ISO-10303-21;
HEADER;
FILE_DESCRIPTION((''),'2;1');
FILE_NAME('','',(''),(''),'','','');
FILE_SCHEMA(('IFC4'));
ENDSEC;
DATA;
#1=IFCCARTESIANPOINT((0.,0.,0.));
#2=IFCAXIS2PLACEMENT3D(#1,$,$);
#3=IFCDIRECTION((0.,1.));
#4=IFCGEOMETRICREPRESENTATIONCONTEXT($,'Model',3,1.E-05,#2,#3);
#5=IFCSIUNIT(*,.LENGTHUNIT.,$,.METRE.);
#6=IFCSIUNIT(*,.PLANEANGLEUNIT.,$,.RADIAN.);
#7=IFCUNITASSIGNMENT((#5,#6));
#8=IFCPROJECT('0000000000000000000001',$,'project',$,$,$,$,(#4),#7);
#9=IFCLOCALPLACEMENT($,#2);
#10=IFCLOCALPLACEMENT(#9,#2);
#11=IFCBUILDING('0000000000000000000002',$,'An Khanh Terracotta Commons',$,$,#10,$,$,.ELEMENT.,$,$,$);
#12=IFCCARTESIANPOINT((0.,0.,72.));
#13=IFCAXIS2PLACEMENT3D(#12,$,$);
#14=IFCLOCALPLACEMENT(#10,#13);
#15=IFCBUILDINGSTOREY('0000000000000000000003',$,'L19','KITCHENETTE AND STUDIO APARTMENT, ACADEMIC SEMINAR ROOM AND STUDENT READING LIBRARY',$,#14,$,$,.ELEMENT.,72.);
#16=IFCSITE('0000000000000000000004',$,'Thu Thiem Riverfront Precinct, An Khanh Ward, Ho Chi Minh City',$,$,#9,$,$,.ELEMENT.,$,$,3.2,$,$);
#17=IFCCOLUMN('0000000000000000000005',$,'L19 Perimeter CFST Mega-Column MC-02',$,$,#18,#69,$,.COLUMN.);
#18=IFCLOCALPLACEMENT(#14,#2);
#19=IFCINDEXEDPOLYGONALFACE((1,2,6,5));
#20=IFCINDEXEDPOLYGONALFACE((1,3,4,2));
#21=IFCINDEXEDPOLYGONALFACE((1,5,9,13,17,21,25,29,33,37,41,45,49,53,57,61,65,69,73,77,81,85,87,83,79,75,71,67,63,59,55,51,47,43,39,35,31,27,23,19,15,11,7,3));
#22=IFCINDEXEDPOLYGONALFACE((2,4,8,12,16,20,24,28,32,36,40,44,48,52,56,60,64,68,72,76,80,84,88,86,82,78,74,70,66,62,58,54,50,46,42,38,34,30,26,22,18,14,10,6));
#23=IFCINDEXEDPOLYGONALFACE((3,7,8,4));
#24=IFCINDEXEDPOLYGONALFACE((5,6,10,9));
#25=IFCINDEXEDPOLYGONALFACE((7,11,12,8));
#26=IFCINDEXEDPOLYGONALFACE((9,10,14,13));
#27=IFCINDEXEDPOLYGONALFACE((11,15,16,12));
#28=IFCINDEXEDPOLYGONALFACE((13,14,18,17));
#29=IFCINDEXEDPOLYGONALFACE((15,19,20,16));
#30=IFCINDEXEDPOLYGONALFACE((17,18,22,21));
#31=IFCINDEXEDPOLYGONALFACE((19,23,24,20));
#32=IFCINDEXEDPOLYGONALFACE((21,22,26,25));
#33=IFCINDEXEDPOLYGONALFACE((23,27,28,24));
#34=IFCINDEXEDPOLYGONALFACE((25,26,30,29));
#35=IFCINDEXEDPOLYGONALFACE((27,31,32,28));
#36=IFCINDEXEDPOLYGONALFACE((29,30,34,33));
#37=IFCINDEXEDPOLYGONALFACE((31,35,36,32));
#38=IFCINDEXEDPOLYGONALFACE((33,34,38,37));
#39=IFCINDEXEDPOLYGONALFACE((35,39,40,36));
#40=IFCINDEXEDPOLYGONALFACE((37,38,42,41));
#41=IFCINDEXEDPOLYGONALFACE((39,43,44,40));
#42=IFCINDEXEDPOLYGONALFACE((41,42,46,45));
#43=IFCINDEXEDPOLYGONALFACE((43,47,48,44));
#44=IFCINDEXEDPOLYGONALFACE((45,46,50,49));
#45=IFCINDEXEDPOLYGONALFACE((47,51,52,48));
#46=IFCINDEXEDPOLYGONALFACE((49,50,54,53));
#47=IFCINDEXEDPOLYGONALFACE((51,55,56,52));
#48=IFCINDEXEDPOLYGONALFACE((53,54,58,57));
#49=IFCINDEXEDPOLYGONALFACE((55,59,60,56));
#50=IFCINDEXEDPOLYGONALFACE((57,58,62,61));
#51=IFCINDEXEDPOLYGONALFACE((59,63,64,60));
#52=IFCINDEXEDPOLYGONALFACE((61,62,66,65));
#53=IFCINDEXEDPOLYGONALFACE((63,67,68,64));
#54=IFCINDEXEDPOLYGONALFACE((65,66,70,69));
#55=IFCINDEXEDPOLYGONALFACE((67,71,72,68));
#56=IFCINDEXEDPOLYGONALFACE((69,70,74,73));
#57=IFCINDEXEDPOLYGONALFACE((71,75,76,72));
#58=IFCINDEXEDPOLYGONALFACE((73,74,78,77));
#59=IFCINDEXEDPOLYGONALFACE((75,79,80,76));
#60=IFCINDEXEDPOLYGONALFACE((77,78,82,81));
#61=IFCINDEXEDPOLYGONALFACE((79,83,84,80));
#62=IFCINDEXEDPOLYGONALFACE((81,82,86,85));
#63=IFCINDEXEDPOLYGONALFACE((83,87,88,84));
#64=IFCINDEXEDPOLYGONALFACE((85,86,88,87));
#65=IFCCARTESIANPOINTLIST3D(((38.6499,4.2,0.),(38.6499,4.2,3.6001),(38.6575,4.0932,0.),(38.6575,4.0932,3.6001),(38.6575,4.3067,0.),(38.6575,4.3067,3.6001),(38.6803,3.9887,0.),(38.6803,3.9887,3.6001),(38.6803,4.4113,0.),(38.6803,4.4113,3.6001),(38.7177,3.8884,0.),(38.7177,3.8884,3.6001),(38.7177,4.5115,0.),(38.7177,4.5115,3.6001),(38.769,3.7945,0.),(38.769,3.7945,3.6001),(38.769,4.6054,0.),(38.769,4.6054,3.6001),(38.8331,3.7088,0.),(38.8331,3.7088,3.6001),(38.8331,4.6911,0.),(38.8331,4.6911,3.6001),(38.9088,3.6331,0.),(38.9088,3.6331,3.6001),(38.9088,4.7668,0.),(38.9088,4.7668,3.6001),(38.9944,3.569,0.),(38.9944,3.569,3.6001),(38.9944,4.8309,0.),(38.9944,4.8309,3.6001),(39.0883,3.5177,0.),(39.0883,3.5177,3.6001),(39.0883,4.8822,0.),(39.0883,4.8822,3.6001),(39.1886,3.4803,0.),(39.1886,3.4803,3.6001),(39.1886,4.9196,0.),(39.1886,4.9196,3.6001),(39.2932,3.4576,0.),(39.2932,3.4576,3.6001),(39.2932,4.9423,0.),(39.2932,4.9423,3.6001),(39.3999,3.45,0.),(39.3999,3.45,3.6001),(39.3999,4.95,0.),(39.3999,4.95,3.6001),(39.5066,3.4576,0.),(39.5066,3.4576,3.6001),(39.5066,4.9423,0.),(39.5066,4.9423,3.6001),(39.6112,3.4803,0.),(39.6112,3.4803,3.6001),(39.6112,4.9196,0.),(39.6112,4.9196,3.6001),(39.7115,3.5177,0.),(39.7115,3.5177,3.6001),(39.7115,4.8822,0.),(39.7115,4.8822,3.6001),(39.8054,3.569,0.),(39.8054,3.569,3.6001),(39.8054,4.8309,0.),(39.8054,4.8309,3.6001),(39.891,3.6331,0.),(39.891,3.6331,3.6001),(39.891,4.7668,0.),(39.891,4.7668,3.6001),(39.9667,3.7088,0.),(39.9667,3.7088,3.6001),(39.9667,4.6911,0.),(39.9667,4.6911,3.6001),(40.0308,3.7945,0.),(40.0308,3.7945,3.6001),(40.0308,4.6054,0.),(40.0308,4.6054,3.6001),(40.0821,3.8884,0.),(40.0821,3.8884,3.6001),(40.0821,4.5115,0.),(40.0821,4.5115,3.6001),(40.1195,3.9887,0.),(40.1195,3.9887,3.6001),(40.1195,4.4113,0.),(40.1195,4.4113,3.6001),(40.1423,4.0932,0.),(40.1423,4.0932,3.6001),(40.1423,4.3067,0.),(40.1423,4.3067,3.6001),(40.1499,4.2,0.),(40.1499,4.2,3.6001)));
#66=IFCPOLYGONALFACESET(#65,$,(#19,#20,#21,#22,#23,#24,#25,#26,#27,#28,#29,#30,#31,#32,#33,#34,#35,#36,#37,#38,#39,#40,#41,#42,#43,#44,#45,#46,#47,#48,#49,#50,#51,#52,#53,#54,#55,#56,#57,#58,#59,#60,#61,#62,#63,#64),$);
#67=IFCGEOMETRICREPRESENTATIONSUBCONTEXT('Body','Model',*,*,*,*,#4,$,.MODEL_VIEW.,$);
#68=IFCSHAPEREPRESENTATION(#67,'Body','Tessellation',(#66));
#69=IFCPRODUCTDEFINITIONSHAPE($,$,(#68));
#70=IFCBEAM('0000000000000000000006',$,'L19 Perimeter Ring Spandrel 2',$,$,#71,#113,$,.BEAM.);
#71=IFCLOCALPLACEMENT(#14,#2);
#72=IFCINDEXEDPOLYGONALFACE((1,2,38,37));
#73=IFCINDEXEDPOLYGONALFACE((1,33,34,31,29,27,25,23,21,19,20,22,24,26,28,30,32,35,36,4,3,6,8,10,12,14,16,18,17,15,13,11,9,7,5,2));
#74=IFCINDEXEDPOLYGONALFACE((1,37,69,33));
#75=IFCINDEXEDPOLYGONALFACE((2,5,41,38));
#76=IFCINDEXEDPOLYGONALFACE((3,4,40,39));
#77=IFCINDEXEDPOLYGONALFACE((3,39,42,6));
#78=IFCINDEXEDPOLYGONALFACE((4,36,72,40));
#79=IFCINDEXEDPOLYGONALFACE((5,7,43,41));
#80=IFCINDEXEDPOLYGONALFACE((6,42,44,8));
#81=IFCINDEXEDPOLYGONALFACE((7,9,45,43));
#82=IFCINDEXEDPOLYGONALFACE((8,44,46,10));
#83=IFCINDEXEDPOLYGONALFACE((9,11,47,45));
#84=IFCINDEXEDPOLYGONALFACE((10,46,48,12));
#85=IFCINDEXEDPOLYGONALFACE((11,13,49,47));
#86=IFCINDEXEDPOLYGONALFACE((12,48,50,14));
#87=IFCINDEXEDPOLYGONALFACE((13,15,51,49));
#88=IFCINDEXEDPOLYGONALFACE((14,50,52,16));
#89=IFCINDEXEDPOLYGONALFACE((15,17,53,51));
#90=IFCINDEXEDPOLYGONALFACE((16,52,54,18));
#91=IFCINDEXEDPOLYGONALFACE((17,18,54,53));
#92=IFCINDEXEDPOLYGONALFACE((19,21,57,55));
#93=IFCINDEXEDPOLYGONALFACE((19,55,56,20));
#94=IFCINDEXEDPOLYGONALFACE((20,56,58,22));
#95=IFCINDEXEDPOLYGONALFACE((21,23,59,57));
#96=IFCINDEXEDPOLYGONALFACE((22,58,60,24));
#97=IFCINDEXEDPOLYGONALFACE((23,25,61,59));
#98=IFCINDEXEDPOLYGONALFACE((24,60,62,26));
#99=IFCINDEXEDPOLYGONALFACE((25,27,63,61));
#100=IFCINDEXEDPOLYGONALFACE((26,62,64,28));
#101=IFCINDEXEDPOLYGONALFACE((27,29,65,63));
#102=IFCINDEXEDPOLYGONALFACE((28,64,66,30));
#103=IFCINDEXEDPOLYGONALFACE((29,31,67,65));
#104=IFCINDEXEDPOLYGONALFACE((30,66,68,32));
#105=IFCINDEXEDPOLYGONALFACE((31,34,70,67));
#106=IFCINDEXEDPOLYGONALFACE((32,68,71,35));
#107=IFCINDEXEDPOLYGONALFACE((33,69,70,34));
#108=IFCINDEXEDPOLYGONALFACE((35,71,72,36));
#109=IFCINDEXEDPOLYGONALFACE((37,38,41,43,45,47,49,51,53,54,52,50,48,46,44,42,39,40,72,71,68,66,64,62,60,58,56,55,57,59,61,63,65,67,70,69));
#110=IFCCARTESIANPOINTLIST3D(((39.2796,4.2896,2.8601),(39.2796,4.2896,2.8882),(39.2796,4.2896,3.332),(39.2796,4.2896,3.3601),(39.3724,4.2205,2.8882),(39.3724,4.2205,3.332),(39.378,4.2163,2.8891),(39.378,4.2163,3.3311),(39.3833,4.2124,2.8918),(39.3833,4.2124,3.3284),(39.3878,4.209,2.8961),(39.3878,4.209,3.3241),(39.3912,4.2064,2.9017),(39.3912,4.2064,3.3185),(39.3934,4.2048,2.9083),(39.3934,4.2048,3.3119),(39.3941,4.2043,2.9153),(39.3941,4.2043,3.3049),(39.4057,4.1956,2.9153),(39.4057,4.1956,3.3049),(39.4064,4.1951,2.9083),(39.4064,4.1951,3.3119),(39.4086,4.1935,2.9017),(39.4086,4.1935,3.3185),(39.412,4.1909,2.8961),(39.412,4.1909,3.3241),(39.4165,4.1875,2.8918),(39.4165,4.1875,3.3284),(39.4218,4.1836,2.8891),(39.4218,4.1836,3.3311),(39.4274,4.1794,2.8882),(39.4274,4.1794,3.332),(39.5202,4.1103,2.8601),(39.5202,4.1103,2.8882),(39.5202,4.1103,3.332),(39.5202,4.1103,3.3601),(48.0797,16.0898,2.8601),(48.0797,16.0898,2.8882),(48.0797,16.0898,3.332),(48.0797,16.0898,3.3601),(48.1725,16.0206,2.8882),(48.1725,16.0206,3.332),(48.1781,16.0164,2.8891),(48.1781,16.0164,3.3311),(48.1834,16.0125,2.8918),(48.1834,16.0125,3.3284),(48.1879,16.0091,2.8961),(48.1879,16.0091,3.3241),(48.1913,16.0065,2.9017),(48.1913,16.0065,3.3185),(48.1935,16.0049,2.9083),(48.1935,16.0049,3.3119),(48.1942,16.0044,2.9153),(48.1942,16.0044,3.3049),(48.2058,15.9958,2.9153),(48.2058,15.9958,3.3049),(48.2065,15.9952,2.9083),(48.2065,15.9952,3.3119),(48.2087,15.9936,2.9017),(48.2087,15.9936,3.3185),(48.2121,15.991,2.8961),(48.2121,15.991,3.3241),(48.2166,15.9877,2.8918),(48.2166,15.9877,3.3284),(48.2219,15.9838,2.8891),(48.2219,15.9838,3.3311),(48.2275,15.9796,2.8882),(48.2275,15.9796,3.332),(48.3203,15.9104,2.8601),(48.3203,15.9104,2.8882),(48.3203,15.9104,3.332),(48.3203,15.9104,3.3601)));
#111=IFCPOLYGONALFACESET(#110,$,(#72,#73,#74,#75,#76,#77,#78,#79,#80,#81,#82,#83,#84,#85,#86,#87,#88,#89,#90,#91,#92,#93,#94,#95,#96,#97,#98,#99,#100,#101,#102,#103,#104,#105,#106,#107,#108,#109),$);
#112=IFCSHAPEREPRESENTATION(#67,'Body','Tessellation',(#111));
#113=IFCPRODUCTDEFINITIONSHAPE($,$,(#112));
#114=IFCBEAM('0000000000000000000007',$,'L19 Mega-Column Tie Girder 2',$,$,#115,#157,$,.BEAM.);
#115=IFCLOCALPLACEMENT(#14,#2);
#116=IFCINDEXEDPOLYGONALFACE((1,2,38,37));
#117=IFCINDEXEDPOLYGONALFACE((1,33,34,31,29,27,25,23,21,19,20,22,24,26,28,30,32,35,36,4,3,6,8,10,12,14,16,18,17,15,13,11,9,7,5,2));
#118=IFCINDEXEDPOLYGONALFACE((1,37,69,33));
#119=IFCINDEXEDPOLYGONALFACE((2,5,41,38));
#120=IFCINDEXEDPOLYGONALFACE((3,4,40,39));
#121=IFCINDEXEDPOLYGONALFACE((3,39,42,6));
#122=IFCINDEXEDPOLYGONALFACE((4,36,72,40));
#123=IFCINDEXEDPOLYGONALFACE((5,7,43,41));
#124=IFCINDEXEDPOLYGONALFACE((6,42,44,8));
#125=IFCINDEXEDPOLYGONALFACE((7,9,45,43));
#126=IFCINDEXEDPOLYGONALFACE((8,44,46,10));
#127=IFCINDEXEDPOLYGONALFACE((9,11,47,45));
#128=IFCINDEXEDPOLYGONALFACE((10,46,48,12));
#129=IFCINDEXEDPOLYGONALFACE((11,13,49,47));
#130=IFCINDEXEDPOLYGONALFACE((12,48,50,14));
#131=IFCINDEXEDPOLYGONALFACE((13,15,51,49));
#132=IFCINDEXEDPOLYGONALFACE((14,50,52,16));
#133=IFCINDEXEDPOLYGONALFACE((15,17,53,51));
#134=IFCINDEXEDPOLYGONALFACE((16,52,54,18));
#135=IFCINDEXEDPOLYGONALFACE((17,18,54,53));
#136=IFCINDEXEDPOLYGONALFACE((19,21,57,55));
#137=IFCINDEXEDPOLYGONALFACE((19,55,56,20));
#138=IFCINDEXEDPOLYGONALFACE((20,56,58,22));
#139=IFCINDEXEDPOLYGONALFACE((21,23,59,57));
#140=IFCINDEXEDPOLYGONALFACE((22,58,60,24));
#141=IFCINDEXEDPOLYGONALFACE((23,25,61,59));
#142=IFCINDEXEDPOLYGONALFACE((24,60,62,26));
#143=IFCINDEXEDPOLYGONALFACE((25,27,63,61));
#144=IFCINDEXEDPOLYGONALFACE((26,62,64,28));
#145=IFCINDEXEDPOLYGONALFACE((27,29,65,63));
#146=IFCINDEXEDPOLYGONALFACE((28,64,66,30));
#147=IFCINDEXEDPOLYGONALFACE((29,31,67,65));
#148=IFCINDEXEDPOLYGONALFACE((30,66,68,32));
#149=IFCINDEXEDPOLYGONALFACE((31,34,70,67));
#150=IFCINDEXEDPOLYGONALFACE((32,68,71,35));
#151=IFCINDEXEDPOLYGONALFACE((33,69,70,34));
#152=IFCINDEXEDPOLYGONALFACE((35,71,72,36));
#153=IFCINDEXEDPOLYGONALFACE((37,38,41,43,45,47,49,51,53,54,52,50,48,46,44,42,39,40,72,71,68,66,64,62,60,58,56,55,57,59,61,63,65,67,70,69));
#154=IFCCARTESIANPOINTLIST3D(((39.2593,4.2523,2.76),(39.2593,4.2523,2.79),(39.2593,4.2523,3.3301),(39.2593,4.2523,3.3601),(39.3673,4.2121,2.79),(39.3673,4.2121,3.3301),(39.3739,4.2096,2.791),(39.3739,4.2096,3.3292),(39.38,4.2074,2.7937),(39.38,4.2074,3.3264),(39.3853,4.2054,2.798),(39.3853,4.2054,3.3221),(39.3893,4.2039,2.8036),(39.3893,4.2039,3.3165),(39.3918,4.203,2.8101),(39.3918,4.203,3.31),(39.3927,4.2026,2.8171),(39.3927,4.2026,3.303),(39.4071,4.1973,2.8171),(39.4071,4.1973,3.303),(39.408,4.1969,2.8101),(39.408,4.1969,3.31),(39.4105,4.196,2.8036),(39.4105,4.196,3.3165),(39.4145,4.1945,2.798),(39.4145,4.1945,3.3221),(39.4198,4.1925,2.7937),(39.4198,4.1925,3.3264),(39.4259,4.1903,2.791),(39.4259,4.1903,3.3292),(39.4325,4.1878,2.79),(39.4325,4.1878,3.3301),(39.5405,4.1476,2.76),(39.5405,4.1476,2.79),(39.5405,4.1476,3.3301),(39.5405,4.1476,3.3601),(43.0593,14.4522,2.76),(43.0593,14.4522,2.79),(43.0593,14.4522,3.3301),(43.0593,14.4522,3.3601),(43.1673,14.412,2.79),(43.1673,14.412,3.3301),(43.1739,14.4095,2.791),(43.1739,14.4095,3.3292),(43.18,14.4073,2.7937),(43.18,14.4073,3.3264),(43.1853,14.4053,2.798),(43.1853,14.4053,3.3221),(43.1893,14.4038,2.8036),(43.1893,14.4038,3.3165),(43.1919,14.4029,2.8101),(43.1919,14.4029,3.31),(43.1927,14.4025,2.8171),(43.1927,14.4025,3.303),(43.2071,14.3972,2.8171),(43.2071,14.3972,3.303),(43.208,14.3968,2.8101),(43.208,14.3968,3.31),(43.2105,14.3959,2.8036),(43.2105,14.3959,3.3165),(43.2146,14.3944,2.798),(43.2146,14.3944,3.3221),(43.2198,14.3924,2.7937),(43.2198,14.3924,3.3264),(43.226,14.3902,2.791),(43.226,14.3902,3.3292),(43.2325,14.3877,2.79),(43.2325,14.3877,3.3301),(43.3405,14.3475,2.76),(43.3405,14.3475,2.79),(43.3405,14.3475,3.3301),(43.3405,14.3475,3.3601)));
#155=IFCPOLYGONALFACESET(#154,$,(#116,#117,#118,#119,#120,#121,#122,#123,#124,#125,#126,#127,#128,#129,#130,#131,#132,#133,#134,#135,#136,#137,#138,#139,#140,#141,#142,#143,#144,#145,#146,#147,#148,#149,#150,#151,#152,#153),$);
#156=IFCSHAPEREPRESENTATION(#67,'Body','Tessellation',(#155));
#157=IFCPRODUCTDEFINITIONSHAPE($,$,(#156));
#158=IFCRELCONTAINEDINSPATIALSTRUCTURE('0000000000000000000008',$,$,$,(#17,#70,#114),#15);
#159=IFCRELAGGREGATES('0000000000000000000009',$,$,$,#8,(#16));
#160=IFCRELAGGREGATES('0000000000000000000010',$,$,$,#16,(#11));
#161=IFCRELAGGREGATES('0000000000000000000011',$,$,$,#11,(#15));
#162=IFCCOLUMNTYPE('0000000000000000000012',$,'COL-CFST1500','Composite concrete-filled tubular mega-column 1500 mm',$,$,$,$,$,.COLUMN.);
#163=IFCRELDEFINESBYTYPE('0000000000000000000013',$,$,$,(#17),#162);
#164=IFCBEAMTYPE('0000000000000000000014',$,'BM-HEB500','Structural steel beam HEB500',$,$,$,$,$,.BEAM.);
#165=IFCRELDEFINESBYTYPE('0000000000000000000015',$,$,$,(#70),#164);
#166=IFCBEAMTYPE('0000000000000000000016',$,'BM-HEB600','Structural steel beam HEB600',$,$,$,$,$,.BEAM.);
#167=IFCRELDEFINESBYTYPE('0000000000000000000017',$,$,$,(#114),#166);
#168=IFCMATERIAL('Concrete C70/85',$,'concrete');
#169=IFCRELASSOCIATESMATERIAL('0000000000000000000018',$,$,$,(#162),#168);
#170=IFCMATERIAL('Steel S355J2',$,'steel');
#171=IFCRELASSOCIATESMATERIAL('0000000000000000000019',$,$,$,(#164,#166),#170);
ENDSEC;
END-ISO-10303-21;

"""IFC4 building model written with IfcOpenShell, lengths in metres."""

from ifc_helpers import new_model, si_unit, direction, frame, origin, origin_2d, place, context, subcontext, project, spatial, circle, i_section, extrude, material, material_profile, profile_set, type_object, element, save


model = new_model("IFC4")

# Units and contexts
model_context = context("Model", 3, precision=1e-05, world=origin(), true_north=direction((0.0, 1.0)))
body_context = subcontext(model_context, "Body", "Model", "MODEL_VIEW")
ifc_project = project(units=[si_unit("LENGTHUNIT", "METRE"), si_unit("PLANEANGLEUNIT", "RADIAN")], contexts=[model_context])

# Site, building, storey
site_placement = place(None, origin())
site = spatial("IfcSite", under=ifc_project, at=site_placement, Name="Thu Thiem Riverfront Precinct, An Khanh Ward, Ho Chi Minh City", CompositionType="ELEMENT", RefElevation=3.2)
building_placement = place(site_placement, origin())
building = spatial("IfcBuilding", under=site, at=building_placement, Name="An Khanh Terracotta Commons", CompositionType="ELEMENT")
storey_placement = place(building_placement, frame((0.0, 0.0, 72.0)))
storey = spatial("IfcBuildingStorey", under=building, at=storey_placement, Name="L19", Description="KITCHENETTE AND STUDIO APARTMENT, ACADEMIC SEMINAR ROOM AND STUDENT READING LIBRARY", CompositionType="ELEMENT", Elevation=72.0)

# Column
ifc_material_1 = material(Name="Concrete C70/85", Category="concrete")
ifc_material_profile_1 = material_profile(ifc_material_1, circle(Radius=0.75, at=origin_2d()), Name="CFST1500")
ifc_profile_set_1 = profile_set([ifc_material_profile_1], Name="Concrete C70/85")
column_type = type_object("IfcColumnType", Name="COL-CFST1500", Description="Composite concrete-filled tubular mega-column 1500 mm", PredefinedType="COLUMN", material=ifc_profile_set_1)
column_placement = place(storey_placement, frame((39.3999, 4.2, 0.0), z_axis=(0.0, 0.0, 1.0), x_axis=(1.0, 0.0, 0.0)))
element("IfcColumn", 1, at=column_placement, inside=storey, type_object=column_type, Name="L19 Perimeter CFST Mega-Column MC-02", PredefinedType="COLUMN", context=body_context, shape_type="SweptSolid", body=[
    extrude(circle(Radius=0.75, at=origin_2d()), origin(), (0.0, 0.0, 1.0), 3.6001),
])

# Beams
ifc_material_2 = material(Name="Steel S355J2", Category="steel")
ifc_material_profile_2 = material_profile(ifc_material_2, i_section(OverallWidth=0.3, OverallDepth=0.5, WebThickness=0.0144, FlangeThickness=0.0281, FilletRadius=0.0271, at=origin_2d()), Name="HEB500")
ifc_profile_set_2 = profile_set([ifc_material_profile_2], Name="Steel S355J2")
beam_type_1 = type_object("IfcBeamType", Name="BM-HEB500", Description="Structural steel beam HEB500", PredefinedType="BEAM", material=ifc_profile_set_2)
beam_1_placement = place(storey_placement, frame((39.3999, 4.2, 3.1101), z_axis=(0.597824, 0.801627, 0.0), x_axis=(-0.801627, 0.597824, 0.0)))
element("IfcBeam", 2, at=beam_1_placement, inside=storey, type_object=beam_type_1, Name="L19 Perimeter Ring Spandrel 2", PredefinedType="BEAM", context=body_context, shape_type="SweptSolid", body=[
    extrude(i_section(OverallWidth=0.3, OverallDepth=0.5, WebThickness=0.0144, FlangeThickness=0.0281, FilletRadius=0.0271, at=origin_2d()), origin(), (0.0, 0.0, 1.0), 14.7202),
])
ifc_material_profile_3 = material_profile(ifc_material_2, i_section(OverallWidth=0.3, OverallDepth=0.6001, WebThickness=0.0154, FlangeThickness=0.03, FilletRadius=0.0271, at=origin_2d()), Name="HEB600")
ifc_profile_set_3 = profile_set([ifc_material_profile_3], Name="Steel S355J2")
beam_type_2 = type_object("IfcBeamType", Name="BM-HEB600", Description="Structural steel beam HEB600", PredefinedType="BEAM", material=ifc_profile_set_3)
beam_2_placement = place(storey_placement, frame((39.3999, 4.2, 3.0601), z_axis=(0.349114, 0.93708, 0.0), x_axis=(-0.93708, 0.349114, 0.0)))
element("IfcBeam", 3, at=beam_2_placement, inside=storey, type_object=beam_type_2, Name="L19 Mega-Column Tie Girder 2", PredefinedType="BEAM", context=body_context, shape_type="SweptSolid", body=[
    extrude(i_section(OverallWidth=0.3, OverallDepth=0.6001, WebThickness=0.0154, FlangeThickness=0.03, FilletRadius=0.0271, at=origin_2d()), origin(), (0.0, 0.0, 1.0), 10.8848),
])

save(model, "model.ifc")
